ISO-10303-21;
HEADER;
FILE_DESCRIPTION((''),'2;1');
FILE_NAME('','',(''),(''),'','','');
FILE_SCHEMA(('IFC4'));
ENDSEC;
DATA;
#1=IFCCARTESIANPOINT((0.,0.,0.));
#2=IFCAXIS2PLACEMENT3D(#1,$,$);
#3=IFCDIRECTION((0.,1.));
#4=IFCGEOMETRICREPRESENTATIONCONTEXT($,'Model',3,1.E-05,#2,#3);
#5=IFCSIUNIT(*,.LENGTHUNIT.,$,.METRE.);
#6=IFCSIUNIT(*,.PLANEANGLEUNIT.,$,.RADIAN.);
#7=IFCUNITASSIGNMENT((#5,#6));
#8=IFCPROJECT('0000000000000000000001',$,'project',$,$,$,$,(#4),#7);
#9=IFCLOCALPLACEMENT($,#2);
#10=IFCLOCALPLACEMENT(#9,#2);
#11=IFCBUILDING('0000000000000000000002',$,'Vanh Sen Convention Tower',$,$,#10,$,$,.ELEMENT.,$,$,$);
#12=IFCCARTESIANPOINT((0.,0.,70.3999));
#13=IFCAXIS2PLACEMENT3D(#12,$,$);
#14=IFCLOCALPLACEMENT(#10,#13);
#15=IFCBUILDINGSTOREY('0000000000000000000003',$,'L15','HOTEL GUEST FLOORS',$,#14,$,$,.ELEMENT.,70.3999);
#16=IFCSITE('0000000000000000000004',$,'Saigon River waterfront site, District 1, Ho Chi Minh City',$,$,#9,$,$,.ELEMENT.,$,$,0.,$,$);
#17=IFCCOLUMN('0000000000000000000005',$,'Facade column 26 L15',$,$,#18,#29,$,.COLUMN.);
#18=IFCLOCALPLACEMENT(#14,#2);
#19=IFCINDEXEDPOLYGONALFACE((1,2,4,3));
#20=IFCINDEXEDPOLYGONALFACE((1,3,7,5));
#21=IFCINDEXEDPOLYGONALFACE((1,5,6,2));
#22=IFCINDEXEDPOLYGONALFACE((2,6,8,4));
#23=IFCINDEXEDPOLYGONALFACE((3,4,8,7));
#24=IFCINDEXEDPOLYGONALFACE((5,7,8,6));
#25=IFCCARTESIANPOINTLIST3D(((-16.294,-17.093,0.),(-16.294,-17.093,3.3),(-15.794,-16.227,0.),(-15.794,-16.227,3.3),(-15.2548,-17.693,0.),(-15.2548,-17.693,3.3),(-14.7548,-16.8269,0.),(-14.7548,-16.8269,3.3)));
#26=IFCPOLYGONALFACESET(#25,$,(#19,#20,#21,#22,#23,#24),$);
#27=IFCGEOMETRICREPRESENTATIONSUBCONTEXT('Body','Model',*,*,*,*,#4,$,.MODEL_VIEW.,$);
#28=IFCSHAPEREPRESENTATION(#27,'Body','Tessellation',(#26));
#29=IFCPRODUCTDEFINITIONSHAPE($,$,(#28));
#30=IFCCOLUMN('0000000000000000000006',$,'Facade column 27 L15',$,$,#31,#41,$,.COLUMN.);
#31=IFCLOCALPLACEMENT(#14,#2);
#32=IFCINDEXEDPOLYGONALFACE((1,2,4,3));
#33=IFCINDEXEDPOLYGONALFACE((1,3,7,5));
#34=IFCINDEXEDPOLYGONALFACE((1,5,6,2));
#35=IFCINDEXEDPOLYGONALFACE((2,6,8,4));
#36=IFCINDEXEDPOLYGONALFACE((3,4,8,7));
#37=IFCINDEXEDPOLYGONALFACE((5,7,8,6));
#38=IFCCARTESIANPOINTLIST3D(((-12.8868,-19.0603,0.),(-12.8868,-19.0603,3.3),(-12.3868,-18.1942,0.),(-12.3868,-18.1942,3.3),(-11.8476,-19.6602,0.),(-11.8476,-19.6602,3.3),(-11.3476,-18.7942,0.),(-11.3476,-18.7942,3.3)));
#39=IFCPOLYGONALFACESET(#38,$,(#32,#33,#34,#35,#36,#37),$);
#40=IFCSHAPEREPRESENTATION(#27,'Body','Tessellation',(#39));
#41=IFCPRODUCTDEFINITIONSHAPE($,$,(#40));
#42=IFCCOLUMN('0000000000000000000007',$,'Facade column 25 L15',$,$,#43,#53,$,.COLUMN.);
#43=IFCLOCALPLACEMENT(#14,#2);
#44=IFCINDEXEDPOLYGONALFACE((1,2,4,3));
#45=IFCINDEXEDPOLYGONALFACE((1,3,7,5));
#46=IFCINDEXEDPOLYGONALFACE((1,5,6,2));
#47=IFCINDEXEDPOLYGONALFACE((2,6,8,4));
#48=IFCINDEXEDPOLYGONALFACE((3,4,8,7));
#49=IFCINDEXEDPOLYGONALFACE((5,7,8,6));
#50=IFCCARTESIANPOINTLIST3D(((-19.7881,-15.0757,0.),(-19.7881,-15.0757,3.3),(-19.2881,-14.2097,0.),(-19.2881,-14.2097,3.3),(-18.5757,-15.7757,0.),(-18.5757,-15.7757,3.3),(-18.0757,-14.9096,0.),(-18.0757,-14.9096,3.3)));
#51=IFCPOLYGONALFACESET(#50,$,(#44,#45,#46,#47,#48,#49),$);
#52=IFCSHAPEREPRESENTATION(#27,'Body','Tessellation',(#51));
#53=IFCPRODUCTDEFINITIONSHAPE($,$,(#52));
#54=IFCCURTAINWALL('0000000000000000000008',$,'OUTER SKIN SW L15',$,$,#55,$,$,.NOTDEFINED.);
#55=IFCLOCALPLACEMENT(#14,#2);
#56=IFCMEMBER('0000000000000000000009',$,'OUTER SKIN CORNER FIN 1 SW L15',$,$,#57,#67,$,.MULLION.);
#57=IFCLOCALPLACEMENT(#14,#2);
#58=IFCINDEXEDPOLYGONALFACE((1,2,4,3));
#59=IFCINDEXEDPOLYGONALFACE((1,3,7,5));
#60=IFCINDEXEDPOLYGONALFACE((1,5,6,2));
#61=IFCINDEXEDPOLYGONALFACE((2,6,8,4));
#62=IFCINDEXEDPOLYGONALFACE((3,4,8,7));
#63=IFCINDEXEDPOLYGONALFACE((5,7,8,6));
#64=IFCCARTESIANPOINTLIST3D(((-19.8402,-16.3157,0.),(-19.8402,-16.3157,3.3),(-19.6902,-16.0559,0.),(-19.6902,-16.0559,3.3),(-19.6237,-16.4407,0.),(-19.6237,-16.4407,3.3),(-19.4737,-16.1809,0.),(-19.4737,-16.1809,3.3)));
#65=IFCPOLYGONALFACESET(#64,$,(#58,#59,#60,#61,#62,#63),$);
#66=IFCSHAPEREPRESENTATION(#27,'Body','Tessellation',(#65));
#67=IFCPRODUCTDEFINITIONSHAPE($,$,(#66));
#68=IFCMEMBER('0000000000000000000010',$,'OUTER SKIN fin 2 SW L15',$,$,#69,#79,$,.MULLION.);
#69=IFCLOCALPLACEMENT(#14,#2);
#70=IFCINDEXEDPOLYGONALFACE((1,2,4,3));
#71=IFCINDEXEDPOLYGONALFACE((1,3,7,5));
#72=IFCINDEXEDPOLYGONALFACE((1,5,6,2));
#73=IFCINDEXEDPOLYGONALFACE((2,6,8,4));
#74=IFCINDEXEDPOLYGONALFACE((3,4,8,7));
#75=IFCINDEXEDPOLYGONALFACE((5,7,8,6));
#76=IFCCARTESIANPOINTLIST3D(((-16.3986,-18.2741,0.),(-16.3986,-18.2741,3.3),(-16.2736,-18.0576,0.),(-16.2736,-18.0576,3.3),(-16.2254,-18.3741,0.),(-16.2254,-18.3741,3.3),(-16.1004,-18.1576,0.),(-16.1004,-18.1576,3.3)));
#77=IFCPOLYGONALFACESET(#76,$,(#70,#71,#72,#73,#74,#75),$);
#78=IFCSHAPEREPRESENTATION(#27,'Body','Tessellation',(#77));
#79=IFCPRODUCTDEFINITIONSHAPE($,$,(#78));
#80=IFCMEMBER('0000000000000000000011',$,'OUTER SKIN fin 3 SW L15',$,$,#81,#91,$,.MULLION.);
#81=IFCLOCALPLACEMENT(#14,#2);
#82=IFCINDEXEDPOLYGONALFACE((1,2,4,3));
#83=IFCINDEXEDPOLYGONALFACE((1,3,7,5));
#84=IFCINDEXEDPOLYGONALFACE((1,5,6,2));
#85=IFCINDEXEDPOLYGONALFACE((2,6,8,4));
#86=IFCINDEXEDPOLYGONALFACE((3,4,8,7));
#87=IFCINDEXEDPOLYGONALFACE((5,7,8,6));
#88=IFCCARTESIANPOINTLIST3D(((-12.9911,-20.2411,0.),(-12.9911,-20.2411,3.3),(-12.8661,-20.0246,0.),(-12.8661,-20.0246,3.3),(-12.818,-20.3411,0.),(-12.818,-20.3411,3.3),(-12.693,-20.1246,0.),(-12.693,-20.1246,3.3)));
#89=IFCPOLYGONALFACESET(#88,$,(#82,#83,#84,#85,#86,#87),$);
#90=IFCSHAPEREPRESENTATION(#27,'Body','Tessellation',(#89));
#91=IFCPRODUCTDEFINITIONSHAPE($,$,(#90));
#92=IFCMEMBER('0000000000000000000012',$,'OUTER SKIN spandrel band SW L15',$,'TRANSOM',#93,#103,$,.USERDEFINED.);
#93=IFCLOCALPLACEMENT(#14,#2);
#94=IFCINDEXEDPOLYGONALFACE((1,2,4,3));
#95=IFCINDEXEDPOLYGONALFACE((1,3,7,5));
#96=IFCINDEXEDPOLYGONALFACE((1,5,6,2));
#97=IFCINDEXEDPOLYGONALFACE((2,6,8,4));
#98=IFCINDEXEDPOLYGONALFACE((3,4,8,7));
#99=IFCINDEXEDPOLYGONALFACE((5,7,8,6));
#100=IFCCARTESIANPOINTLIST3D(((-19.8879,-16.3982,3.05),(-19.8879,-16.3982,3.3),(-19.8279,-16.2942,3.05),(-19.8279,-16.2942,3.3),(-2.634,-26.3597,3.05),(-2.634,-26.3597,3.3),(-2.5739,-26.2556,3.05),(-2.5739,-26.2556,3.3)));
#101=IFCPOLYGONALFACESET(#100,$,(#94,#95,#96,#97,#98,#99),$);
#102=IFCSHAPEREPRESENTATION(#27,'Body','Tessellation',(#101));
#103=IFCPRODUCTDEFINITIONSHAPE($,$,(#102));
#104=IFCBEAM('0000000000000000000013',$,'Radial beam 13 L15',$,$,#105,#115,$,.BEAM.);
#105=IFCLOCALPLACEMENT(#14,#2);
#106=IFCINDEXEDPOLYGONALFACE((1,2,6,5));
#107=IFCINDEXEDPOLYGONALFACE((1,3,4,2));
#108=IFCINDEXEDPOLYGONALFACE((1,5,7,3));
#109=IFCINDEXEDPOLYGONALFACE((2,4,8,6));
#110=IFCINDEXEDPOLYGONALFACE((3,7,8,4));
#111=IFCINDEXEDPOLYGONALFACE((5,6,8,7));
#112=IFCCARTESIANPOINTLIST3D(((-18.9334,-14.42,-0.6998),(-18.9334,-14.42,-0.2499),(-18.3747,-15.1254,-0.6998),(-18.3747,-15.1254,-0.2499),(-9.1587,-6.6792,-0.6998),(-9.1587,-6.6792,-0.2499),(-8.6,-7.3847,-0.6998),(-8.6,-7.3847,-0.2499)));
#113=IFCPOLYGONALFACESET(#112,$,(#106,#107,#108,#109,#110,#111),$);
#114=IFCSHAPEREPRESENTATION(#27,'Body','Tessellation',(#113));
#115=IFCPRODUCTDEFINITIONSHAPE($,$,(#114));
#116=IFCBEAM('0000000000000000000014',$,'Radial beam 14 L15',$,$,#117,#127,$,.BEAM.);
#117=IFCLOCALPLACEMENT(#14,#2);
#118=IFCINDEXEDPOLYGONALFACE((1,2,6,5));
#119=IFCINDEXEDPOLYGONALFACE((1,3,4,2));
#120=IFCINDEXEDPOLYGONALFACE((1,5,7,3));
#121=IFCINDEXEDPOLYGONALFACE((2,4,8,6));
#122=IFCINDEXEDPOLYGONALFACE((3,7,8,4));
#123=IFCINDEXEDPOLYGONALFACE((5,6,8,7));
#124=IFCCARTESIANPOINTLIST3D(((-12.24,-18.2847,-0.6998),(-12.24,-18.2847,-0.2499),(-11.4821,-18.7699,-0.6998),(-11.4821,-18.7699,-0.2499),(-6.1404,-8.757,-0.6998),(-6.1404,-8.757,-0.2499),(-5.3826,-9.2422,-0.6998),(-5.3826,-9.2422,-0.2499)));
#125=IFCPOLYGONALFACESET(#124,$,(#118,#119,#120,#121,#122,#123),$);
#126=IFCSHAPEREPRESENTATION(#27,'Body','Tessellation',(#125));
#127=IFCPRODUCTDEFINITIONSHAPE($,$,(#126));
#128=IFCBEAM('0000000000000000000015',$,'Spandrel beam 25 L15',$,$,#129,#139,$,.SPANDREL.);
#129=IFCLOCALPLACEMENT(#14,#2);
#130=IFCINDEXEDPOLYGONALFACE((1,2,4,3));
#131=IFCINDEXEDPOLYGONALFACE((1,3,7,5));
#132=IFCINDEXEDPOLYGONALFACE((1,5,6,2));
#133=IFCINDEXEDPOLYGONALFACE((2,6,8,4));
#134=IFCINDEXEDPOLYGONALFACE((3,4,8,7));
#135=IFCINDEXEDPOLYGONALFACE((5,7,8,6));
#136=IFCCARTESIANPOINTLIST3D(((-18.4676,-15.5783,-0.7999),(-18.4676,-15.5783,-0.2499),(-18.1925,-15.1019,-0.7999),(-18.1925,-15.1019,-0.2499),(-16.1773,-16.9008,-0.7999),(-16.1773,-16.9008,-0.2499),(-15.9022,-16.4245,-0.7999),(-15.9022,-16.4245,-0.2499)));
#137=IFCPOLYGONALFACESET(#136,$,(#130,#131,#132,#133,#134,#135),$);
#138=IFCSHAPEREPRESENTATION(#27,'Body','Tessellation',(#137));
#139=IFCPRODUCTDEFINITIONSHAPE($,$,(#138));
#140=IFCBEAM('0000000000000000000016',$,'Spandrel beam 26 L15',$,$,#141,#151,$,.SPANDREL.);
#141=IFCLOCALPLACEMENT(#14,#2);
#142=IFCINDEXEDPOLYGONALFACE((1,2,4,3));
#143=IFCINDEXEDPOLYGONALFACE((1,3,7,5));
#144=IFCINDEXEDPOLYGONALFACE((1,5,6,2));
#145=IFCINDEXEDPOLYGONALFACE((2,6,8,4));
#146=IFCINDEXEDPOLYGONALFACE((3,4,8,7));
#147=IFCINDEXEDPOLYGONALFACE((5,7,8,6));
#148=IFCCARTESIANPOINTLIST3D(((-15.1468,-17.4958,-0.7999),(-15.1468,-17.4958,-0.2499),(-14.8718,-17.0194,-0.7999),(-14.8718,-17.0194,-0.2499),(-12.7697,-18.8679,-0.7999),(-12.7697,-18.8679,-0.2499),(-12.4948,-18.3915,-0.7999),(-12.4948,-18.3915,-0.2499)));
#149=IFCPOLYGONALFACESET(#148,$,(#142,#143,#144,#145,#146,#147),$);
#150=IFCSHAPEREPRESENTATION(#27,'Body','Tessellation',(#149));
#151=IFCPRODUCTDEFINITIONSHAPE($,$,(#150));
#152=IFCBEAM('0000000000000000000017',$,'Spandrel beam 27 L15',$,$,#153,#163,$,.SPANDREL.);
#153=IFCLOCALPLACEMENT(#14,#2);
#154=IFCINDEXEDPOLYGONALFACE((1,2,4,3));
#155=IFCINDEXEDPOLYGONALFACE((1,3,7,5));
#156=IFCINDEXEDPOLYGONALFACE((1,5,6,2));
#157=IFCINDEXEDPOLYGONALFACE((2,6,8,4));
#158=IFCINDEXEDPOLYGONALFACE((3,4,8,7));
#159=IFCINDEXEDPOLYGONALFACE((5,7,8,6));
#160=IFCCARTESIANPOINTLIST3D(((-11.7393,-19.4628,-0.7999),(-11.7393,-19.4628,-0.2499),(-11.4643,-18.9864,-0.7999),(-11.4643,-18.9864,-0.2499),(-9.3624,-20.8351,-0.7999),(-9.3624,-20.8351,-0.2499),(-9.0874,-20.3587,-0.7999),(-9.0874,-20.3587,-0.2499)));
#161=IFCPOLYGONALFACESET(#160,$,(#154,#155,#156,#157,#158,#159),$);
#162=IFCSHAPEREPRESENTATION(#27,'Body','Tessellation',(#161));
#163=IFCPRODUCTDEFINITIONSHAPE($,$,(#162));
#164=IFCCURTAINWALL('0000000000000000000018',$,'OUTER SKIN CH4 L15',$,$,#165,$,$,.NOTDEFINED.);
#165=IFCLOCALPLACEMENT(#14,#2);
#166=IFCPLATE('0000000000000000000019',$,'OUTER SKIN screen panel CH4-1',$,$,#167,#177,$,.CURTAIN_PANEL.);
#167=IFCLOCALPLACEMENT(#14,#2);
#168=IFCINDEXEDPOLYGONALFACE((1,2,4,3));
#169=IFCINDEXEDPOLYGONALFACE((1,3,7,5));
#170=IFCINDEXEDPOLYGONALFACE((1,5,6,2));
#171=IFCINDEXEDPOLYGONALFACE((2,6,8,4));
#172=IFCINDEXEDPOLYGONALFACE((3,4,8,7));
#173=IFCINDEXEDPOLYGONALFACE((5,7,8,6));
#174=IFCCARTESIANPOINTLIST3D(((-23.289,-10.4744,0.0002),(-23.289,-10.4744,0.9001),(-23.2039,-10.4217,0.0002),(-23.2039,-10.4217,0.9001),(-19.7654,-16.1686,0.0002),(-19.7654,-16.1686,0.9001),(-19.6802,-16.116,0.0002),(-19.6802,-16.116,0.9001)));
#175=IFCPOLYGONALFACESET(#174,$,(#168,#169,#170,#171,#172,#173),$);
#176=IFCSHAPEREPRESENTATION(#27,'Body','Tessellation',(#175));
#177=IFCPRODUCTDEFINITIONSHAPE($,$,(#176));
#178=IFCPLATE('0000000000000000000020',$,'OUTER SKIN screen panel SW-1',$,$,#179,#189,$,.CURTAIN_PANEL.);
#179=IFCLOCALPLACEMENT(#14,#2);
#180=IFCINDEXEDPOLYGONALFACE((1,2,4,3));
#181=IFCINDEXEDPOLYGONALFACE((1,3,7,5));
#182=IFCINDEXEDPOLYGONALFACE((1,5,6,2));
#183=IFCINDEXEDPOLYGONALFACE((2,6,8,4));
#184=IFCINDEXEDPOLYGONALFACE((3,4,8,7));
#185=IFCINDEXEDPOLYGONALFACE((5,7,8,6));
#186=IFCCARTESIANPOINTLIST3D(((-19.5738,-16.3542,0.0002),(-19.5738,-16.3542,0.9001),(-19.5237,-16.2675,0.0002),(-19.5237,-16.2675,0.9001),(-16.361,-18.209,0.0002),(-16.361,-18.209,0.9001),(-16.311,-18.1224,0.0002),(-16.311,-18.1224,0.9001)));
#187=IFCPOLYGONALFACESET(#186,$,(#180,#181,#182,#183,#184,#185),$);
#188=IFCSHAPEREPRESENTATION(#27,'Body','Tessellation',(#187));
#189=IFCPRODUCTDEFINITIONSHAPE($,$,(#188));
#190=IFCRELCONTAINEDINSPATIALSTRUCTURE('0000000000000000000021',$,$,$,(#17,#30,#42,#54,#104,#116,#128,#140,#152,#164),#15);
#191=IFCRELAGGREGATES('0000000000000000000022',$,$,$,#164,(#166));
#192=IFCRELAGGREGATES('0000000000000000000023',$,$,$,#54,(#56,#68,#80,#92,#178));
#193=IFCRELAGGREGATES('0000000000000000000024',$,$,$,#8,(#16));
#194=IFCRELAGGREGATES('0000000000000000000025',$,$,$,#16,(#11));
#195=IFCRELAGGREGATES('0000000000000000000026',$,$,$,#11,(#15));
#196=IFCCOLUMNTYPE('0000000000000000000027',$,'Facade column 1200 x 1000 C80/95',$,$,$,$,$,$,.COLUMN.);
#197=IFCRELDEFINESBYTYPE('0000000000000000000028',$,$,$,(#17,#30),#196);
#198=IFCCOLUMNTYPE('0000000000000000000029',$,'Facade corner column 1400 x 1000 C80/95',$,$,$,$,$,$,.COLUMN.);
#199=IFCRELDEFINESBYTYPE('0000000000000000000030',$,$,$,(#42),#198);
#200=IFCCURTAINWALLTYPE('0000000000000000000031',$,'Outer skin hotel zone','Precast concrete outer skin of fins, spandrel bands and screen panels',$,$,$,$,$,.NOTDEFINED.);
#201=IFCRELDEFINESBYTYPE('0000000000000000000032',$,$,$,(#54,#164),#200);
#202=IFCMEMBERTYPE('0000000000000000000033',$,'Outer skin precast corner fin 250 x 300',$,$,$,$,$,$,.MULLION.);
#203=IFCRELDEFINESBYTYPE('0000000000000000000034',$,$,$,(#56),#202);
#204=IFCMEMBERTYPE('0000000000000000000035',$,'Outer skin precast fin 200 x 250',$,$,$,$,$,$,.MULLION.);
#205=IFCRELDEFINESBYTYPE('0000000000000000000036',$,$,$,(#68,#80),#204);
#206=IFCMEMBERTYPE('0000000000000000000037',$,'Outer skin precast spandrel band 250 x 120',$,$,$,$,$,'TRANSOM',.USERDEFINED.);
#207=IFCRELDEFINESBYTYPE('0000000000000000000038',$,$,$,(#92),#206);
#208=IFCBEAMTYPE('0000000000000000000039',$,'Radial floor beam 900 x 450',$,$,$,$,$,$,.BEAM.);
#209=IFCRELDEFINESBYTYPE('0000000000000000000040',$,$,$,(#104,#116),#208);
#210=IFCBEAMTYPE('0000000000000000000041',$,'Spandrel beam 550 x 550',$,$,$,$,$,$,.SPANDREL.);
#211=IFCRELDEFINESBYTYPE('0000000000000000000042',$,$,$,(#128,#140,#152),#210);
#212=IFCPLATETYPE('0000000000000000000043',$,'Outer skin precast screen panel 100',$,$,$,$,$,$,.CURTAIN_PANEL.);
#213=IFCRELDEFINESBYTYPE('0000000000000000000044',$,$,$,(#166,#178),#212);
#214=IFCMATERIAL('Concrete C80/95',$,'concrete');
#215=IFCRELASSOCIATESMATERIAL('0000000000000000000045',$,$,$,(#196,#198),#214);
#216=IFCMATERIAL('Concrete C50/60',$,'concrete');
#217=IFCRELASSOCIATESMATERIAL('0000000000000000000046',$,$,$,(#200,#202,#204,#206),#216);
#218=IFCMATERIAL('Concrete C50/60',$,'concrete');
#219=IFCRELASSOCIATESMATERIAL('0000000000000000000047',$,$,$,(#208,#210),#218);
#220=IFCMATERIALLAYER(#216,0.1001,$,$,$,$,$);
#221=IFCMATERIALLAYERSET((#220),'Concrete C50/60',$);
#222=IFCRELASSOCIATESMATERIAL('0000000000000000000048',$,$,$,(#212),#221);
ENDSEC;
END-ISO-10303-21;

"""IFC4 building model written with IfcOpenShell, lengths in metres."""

from ifc_helpers import new_model, si_unit, direction, frame, origin, origin_2d, place, context, subcontext, project, spatial, rectangle, extrude, material, layer, layer_set, material_profile, profile_set, type_object, element, aggregate, save


model = new_model("IFC4")

# Units and contexts
model_context = context("Model", 3, precision=1e-05, world=origin(), true_north=direction((0.0, 1.0)))
body_context = subcontext(model_context, "Body", "Model", "MODEL_VIEW")
ifc_project = project(units=[si_unit("LENGTHUNIT", "METRE"), si_unit("PLANEANGLEUNIT", "RADIAN")], contexts=[model_context])

# Site, building, storey
site_placement = place(None, origin())
site = spatial("IfcSite", under=ifc_project, at=site_placement, Name="Saigon River waterfront site, District 1, Ho Chi Minh City", CompositionType="ELEMENT", RefElevation=0.0)
building_placement = place(site_placement, origin())
building = spatial("IfcBuilding", under=site, at=building_placement, Name="Vanh Sen Convention Tower", CompositionType="ELEMENT")
storey_placement = place(building_placement, frame((0.0, 0.0, 70.3999)))
storey = spatial("IfcBuildingStorey", under=building, at=storey_placement, Name="L15", Description="HOTEL GUEST FLOORS", CompositionType="ELEMENT", Elevation=70.3999)

# Columns
ifc_material_1 = material(Name="Concrete C80/95", Category="concrete")
ifc_material_profile_1 = material_profile(ifc_material_1, rectangle(XDim=1.2, YDim=1.0, at=origin_2d()), Name="RC 1200X1000")
ifc_profile_set_1 = profile_set([ifc_material_profile_1], Name="Concrete C80/95")
column_type_1 = type_object("IfcColumnType", Name="Facade column 1200 x 1000 C80/95", PredefinedType="COLUMN", material=ifc_profile_set_1)
for number, where, z_axis, x_axis, name in (
    (1, (-15.5244, -16.96, 0.0), (0.0, 0.0, 1.0), (0.866025, -0.5, 0.0), "Facade column 26 L15"),
    (2, (-12.1172, -18.9272, 0.0), (0.0, 0.0, 1.0), (0.866025, -0.5, 0.0), "Facade column 27 L15"),
):
    element("IfcColumn", number, at=place(storey_placement, frame(where, z_axis=z_axis, x_axis=x_axis)), inside=storey, type_object=column_type_1, Name=name, PredefinedType="COLUMN", context=body_context, shape_type="SweptSolid", body=[
        extrude(rectangle(XDim=1.2, YDim=1.0, at=origin_2d()), origin(), (0.0, 0.0, 1.0), 3.3),
    ])
ifc_material_profile_2 = material_profile(ifc_material_1, rectangle(XDim=1.3999, YDim=1.0, at=origin_2d()), Name="RC 1400X1000")
ifc_profile_set_2 = profile_set([ifc_material_profile_2], Name="Concrete C80/95")
column_type_2 = type_object("IfcColumnType", Name="Facade corner column 1400 x 1000 C80/95", PredefinedType="COLUMN", material=ifc_profile_set_2)
column_placement = place(storey_placement, frame((-18.9319, -14.9927, 0.0), z_axis=(0.0, 0.0, 1.0), x_axis=(0.866025, -0.5, 0.0)))
element("IfcColumn", 3, at=column_placement, inside=storey, type_object=column_type_2, Name="Facade column 25 L15", PredefinedType="COLUMN", context=body_context, shape_type="SweptSolid", body=[
    extrude(rectangle(XDim=1.3999, YDim=1.0, at=origin_2d()), origin(), (0.0, 0.0, 1.0), 3.3),
])

# Curtain wall, members
ifc_material_2 = material(Name="Concrete C50/60", Category="concrete")
curtain_wall_type = type_object("IfcCurtainWallType", Name="Outer skin hotel zone", Description="Precast concrete outer skin of fins, spandrel bands and screen panels", PredefinedType="NOTDEFINED", material=ifc_material_2)
curtain_wall_1_placement = place(storey_placement, origin())
curtain_wall_1 = element("IfcCurtainWall", 4, at=curtain_wall_1_placement, inside=storey, type_object=curtain_wall_type, Name="OUTER SKIN SW L15", PredefinedType="NOTDEFINED")
ifc_material_profile_3 = material_profile(ifc_material_2, rectangle(XDim=0.25, YDim=0.3, at=origin_2d()), Name="Outer skin precast corner fin 250 x 300")
ifc_profile_set_3 = profile_set([ifc_material_profile_3], Name="Concrete C50/60")
member_type_1 = type_object("IfcMemberType", Name="Outer skin precast corner fin 250 x 300", PredefinedType="MULLION", material=ifc_profile_set_3)
member_1_placement = place(storey_placement, frame((-19.657, -16.2483, 0.0), z_axis=(0.0, 0.0, 1.0), x_axis=(0.866025, -0.5, 0.0)))
member_1 = element("IfcMember", 5, at=member_1_placement, type_object=member_type_1, Name="OUTER SKIN CORNER FIN 1 SW L15", PredefinedType="MULLION", context=body_context, shape_type="SweptSolid", body=[
    extrude(rectangle(XDim=0.25, YDim=0.3, at=origin_2d()), origin(), (0.0, 0.0, 1.0), 3.3),
])
ifc_material_profile_4 = material_profile(ifc_material_2, rectangle(XDim=0.2, YDim=0.25, at=origin_2d()), Name="Outer skin precast fin 200 x 250")
ifc_profile_set_4 = profile_set([ifc_material_profile_4], Name="Concrete C50/60")
member_type_2 = type_object("IfcMemberType", Name="Outer skin precast fin 200 x 250", PredefinedType="MULLION", material=ifc_profile_set_4)
member_2_placement = place(storey_placement, frame((-16.2495, -18.2158, 0.0), z_axis=(0.0, 0.0, 1.0), x_axis=(0.866025, -0.5, 0.0)))
member_2 = element("IfcMember", 6, at=member_2_placement, type_object=member_type_2, Name="OUTER SKIN fin 2 SW L15", PredefinedType="MULLION", context=body_context, shape_type="SweptSolid", body=[
    extrude(rectangle(XDim=0.2, YDim=0.25, at=origin_2d()), origin(), (0.0, 0.0, 1.0), 3.3),
])
member_3_placement = place(storey_placement, frame((-12.842, -20.1829, 0.0), z_axis=(0.0, 0.0, 1.0), x_axis=(0.866025, -0.5, 0.0)))
member_3 = element("IfcMember", 7, at=member_3_placement, type_object=member_type_2, Name="OUTER SKIN fin 3 SW L15", PredefinedType="MULLION", context=body_context, shape_type="SweptSolid", body=[
    extrude(rectangle(XDim=0.2, YDim=0.25, at=origin_2d()), origin(), (0.0, 0.0, 1.0), 3.3),
])
ifc_material_profile_5 = material_profile(ifc_material_2, rectangle(XDim=0.1201, YDim=0.25, at=origin_2d()), Name="Outer skin precast spandrel band 250 x 120")
ifc_profile_set_5 = profile_set([ifc_material_profile_5], Name="Concrete C50/60")
member_type_3 = type_object("IfcMemberType", Name="Outer skin precast spandrel band 250 x 120", ElementType="TRANSOM", PredefinedType="USERDEFINED", material=ifc_profile_set_5)
member_4_placement = place(storey_placement, frame((-19.8579, -16.3462, 3.175), z_axis=(0.866028, -0.499995, 0.0), x_axis=(0.499995, 0.866028, 0.0)))
member_4 = element("IfcMember", 8, at=member_4_placement, type_object=member_type_3, Name="OUTER SKIN spandrel band SW L15", ObjectType="TRANSOM", PredefinedType="USERDEFINED", context=body_context, shape_type="SweptSolid", body=[
    extrude(rectangle(XDim=0.1201, YDim=0.25, at=origin_2d()), origin(), (0.0, 0.0, 1.0), 19.9231),
])

# Beams
ifc_material_3 = material(Name="Concrete C50/60", Category="concrete")
ifc_material_profile_6 = material_profile(ifc_material_3, rectangle(XDim=0.8999, YDim=0.45, at=origin_2d()), Name="RC 900X450")
ifc_profile_set_6 = profile_set([ifc_material_profile_6], Name="Concrete C50/60")
beam_type_1 = type_object("IfcBeamType", Name="Radial floor beam 900 x 450", PredefinedType="BEAM", material=ifc_profile_set_6)
beam_1_placement = place(storey_placement, frame((-18.6541, -14.7727, -0.4749), z_axis=(0.78395, 0.620824, 0.0), x_axis=(-0.620824, 0.78395, 0.0)))
element("IfcBeam", 9, at=beam_1_placement, inside=storey, type_object=beam_type_1, Name="Radial beam 13 L15", PredefinedType="BEAM", context=body_context, shape_type="SweptSolid", body=[
    extrude(rectangle(XDim=0.8999, YDim=0.45, at=origin_2d()), origin(), (0.0, 0.0, 1.0), 12.4685),
])
beam_2_placement = place(storey_placement, frame((-11.8611, -18.5273, -0.4749), z_axis=(0.539166, 0.842199, 0.0), x_axis=(-0.842199, 0.539166, 0.0)))
element("IfcBeam", 10, at=beam_2_placement, inside=storey, type_object=beam_type_1, Name="Radial beam 14 L15", PredefinedType="BEAM", context=body_context, shape_type="SweptSolid", body=[
    extrude(rectangle(XDim=0.8999, YDim=0.45, at=origin_2d()), origin(), (0.0, 0.0, 1.0), 11.313),
])
ifc_material_profile_7 = material_profile(ifc_material_3, rectangle(XDim=0.55, YDim=0.55, at=origin_2d()), Name="RC 550X550")
ifc_profile_set_7 = profile_set([ifc_material_profile_7], Name="Concrete C50/60")
beam_type_2 = type_object("IfcBeamType", Name="Spandrel beam 550 x 550", PredefinedType="SPANDREL", material=ifc_profile_set_7)
beam_3_placement = place(storey_placement, frame((-18.3301, -15.3401, -0.5249), z_axis=(0.86599, -0.500061, 0.0), x_axis=(0.500061, 0.86599, 0.0)))
element("IfcBeam", 11, at=beam_3_placement, inside=storey, type_object=beam_type_2, Name="Spandrel beam 25 L15", PredefinedType="SPANDREL", context=body_context, shape_type="SweptSolid", body=[
    extrude(rectangle(XDim=0.55, YDim=0.55, at=origin_2d()), origin(), (0.0, 0.0, 1.0), 2.6448),
])
for number, where, z_axis, x_axis, name in (
    (12, (-15.0093, -17.2576, -0.5249), (0.866067, -0.499928, 0.0), (0.499928, 0.866067, 0.0), "Spandrel beam 26 L15"),
    (13, (-11.6018, -19.2246, -0.5249), (0.866029, -0.499995, 0.0), (0.499995, 0.866029, 0.0), "Spandrel beam 27 L15"),
):
    element("IfcBeam", number, at=place(storey_placement, frame(where, z_axis=z_axis, x_axis=x_axis)), inside=storey, type_object=beam_type_2, Name=name, PredefinedType="SPANDREL", context=body_context, shape_type="SweptSolid", body=[
        extrude(rectangle(XDim=0.55, YDim=0.55, at=origin_2d()), origin(), (0.0, 0.0, 1.0), 2.7446),
    ])

# Curtain wall, plate
curtain_wall_2_placement = place(storey_placement, origin())
curtain_wall_2 = element("IfcCurtainWall", 14, at=curtain_wall_2_placement, inside=storey, type_object=curtain_wall_type, Name="OUTER SKIN CH4 L15", PredefinedType="NOTDEFINED")
ifc_layer_1 = layer(ifc_material_2, 0.1001)
ifc_layer_set_1 = layer_set([ifc_layer_1], Name="Concrete C50/60")
plate_type = type_object("IfcPlateType", Name="Outer skin precast screen panel 100", PredefinedType="CURTAIN_PANEL", material=ifc_layer_set_1)
plate_1_placement = place(storey_placement, frame((-21.4846, -13.2952, 0.0002), z_axis=(0.0, 0.0, 1.0), x_axis=(0.526205, -0.850358, 0.0)))
plate_1 = element("IfcPlate", 15, at=plate_1_placement, type_object=plate_type, Name="OUTER SKIN screen panel CH4-1", PredefinedType="CURTAIN_PANEL", context=body_context, shape_type="SweptSolid", body=[
    extrude(rectangle(XDim=6.6963, YDim=0.1001, at=origin_2d()), origin(), (0.0, 0.0, 1.0), 0.8999),
])
aggregate(curtain_wall_2, [plate_1])

# Plate
plate_2_placement = place(storey_placement, frame((-17.9424, -17.2383, 0.0002), z_axis=(0.0, 0.0, 1.0), x_axis=(0.866028, -0.499995, 0.0)))
plate_2 = element("IfcPlate", 16, at=plate_2_placement, type_object=plate_type, Name="OUTER SKIN screen panel SW-1", PredefinedType="CURTAIN_PANEL", context=body_context, shape_type="SweptSolid", body=[
    extrude(rectangle(XDim=3.7097, YDim=0.1001, at=origin_2d()), origin(), (0.0, 0.0, 1.0), 0.8999),
])
aggregate(curtain_wall_1, [member_1, member_2, member_3, member_4, plate_2])

save(model, "model.ifc")
